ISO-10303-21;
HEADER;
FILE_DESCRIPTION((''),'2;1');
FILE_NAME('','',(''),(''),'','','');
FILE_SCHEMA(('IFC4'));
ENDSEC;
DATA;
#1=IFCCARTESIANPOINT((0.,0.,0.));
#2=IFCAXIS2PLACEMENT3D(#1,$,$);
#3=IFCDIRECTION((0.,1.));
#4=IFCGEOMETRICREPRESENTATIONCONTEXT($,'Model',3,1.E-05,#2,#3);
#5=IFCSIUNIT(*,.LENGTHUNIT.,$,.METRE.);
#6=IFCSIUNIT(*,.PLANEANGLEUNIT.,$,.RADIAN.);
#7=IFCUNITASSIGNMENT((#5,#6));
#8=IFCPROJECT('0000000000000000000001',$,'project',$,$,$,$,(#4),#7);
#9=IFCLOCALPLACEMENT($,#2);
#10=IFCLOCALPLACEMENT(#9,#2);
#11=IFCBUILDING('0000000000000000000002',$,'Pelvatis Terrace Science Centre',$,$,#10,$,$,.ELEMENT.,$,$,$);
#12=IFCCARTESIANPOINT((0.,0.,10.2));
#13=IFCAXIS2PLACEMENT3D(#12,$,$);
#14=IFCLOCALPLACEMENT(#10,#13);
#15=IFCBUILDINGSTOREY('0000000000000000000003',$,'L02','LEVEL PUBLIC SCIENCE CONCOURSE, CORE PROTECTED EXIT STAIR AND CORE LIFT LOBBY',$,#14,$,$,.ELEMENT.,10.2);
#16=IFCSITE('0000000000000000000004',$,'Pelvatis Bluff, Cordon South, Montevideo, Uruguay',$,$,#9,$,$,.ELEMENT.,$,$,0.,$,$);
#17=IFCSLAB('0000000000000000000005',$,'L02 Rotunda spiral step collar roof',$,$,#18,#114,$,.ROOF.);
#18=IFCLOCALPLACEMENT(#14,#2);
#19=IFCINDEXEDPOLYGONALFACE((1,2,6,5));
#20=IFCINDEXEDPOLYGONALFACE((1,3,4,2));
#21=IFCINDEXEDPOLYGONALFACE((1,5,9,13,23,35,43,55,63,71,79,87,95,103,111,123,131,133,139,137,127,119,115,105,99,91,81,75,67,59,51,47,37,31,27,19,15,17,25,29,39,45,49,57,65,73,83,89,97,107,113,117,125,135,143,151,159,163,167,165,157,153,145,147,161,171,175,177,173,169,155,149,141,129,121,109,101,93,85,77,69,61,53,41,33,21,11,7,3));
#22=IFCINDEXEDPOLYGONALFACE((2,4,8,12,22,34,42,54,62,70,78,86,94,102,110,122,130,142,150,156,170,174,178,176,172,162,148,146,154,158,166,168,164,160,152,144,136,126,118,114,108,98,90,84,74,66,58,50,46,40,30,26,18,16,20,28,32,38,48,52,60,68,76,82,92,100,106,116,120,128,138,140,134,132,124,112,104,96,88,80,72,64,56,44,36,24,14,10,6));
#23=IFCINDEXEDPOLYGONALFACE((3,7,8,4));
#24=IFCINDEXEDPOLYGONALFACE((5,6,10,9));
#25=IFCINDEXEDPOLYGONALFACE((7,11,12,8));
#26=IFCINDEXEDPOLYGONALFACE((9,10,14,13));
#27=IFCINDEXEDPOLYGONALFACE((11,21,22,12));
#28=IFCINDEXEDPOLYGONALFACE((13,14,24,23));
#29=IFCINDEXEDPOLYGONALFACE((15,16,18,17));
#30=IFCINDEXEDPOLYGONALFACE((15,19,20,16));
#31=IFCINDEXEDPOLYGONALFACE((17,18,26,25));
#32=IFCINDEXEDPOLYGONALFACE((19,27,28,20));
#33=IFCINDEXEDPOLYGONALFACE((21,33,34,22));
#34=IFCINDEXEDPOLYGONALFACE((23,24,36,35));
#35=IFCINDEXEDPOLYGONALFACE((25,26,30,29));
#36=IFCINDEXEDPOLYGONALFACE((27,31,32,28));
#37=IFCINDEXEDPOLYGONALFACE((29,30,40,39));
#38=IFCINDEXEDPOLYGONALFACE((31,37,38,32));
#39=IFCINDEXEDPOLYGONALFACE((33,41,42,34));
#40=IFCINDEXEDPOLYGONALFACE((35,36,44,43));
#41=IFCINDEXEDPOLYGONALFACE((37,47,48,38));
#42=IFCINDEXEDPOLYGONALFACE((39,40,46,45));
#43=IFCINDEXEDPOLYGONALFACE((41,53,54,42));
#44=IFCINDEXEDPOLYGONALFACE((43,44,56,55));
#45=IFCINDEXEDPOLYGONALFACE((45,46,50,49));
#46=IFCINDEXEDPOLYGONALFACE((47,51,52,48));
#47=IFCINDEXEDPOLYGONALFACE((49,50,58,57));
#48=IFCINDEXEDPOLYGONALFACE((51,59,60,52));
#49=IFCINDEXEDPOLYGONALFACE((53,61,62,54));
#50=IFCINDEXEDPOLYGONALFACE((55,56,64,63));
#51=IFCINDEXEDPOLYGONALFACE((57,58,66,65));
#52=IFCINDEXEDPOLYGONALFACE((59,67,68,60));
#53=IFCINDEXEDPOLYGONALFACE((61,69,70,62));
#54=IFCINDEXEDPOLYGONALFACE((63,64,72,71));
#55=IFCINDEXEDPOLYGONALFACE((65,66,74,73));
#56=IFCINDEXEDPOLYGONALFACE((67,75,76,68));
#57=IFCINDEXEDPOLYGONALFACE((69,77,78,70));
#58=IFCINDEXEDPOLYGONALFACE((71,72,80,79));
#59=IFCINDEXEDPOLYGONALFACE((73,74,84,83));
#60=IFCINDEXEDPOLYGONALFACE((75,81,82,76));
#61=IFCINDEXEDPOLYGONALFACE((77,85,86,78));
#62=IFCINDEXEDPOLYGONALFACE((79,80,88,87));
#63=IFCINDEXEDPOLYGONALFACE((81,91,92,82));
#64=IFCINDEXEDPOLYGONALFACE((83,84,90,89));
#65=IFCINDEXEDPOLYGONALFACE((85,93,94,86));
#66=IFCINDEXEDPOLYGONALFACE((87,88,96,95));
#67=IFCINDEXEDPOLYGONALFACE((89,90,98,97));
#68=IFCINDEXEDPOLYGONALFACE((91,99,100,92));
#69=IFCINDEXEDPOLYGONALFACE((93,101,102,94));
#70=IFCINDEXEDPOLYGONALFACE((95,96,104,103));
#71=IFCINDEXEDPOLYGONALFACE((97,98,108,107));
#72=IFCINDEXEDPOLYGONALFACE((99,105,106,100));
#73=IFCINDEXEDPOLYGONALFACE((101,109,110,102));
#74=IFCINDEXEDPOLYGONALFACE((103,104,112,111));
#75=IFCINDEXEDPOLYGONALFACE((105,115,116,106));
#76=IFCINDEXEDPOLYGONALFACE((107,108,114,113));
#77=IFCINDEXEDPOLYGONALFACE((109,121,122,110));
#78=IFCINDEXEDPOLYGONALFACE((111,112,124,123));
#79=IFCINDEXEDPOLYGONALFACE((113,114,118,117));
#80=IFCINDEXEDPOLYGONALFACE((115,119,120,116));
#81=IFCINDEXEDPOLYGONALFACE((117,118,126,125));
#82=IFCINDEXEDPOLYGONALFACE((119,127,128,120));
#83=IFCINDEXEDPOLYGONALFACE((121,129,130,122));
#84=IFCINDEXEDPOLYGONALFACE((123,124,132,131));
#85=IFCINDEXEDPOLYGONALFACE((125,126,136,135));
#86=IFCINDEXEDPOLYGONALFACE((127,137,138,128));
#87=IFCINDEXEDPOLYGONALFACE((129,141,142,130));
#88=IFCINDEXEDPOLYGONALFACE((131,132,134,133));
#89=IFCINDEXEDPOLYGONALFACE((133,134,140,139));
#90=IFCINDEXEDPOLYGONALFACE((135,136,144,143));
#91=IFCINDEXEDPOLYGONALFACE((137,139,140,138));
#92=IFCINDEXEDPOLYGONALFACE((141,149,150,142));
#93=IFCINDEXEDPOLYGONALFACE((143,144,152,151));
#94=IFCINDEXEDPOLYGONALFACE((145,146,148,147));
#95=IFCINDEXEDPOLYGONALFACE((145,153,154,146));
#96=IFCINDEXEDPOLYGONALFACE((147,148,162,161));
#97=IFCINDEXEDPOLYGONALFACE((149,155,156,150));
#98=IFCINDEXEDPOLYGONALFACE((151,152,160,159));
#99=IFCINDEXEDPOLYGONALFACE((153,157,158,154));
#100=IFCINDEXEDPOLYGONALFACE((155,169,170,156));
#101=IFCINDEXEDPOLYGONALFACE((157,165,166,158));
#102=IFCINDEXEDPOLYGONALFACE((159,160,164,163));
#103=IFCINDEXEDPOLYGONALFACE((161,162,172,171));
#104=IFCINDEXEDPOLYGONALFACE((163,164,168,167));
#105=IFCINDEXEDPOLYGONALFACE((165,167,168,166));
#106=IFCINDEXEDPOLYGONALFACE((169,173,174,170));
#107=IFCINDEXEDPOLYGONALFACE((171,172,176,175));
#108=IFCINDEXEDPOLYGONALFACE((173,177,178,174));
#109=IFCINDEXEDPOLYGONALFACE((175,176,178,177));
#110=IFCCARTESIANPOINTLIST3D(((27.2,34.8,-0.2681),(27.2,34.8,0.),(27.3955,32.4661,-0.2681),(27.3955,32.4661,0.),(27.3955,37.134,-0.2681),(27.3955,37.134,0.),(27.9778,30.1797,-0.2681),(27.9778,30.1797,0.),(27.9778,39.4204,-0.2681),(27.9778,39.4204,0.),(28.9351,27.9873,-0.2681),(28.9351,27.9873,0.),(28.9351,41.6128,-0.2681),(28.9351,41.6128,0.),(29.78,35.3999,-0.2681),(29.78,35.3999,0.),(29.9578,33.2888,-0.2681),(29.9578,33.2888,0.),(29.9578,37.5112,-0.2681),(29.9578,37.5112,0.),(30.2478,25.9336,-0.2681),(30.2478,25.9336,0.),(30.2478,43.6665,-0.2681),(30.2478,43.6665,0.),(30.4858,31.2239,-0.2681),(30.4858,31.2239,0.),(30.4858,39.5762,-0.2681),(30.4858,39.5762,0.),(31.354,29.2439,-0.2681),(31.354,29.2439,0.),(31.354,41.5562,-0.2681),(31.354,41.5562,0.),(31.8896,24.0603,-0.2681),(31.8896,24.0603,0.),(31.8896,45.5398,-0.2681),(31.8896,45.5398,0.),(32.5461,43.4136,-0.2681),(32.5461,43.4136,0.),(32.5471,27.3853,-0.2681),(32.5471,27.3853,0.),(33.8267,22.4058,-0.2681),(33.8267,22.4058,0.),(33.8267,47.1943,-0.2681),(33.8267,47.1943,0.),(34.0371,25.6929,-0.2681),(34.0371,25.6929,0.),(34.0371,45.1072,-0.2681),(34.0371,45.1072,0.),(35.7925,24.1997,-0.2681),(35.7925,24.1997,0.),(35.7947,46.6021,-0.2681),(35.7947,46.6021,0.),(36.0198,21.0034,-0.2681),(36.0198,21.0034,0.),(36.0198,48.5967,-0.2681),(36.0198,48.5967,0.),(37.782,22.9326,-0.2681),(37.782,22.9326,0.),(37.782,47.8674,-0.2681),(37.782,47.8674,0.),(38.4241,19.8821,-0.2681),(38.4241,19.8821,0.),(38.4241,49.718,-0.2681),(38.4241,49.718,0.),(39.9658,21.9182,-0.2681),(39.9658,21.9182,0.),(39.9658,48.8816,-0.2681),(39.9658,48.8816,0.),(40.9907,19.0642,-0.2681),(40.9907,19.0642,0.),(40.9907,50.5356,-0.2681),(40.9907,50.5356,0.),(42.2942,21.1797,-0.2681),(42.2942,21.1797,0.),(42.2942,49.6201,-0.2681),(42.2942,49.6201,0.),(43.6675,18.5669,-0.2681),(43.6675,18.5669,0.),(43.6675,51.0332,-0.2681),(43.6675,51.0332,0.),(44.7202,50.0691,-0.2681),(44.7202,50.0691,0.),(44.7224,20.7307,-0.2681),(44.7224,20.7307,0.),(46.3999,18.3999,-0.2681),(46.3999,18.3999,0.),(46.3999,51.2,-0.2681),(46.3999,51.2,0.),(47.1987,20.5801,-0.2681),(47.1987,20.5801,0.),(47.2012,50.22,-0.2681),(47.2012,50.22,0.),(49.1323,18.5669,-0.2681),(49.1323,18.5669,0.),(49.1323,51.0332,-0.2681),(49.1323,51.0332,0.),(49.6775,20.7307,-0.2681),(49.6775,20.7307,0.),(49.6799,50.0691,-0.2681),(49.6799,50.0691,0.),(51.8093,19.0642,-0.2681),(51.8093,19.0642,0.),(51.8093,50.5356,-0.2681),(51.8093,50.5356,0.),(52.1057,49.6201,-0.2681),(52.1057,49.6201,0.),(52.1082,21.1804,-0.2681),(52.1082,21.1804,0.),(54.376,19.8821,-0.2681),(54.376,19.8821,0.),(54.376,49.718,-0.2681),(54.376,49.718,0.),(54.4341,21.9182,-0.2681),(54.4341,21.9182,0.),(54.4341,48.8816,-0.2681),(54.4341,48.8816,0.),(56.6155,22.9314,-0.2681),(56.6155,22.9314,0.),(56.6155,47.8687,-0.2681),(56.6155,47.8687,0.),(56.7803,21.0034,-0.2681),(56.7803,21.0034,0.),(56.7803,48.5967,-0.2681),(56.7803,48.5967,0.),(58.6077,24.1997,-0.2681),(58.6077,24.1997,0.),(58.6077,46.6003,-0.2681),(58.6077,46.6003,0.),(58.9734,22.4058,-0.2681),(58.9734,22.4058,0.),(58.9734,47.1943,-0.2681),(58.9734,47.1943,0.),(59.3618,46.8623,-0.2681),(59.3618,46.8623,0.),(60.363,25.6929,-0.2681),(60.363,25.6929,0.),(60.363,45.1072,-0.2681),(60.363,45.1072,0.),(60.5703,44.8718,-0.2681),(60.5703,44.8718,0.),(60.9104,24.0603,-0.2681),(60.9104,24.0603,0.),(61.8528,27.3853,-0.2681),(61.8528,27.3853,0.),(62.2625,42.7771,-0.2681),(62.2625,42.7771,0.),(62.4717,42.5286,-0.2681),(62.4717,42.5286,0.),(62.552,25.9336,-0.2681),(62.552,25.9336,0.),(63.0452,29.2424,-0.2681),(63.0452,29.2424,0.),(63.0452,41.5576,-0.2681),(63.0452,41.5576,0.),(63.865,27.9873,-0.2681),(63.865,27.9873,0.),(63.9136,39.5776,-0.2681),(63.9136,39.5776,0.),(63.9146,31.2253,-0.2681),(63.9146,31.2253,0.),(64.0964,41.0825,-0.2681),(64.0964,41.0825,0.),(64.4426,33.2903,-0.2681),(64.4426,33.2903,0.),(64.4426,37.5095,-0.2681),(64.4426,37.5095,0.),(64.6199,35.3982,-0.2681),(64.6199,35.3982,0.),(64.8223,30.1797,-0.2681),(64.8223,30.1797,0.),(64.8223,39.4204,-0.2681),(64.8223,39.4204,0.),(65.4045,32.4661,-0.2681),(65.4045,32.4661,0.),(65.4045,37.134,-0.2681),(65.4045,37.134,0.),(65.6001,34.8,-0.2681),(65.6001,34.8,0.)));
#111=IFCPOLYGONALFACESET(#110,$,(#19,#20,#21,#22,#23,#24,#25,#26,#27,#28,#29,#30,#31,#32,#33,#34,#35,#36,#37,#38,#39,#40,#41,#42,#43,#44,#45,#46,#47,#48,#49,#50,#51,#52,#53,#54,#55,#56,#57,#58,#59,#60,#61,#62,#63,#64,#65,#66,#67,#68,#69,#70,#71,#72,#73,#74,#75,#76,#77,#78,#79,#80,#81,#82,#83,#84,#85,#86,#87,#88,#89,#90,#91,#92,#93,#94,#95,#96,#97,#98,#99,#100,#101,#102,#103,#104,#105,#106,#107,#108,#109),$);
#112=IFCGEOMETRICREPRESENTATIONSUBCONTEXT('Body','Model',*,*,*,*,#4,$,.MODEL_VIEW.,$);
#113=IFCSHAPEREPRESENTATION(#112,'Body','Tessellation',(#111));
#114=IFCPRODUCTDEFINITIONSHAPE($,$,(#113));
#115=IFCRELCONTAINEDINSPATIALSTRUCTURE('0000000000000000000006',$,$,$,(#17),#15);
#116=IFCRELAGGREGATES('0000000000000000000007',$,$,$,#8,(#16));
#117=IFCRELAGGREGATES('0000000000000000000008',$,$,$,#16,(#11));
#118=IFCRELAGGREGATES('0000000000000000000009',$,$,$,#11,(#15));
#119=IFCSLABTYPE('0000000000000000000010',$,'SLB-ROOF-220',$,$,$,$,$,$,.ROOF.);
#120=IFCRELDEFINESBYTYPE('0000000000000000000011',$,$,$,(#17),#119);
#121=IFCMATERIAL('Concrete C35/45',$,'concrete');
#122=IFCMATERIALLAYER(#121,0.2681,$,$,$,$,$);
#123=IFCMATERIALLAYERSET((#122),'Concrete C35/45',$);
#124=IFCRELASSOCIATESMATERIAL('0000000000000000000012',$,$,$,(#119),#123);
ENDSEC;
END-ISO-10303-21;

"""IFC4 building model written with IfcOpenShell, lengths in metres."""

from ifc_helpers import new_model, si_unit, direction, frame, origin, place, context, subcontext, project, spatial, polyline, outline, extrude, material, layer, layer_set, type_object, element, save


model = new_model("IFC4")

# Units and contexts
model_context = context("Model", 3, precision=1e-05, world=origin(), true_north=direction((0.0, 1.0)))
body_context = subcontext(model_context, "Body", "Model", "MODEL_VIEW")
ifc_project = project(units=[si_unit("LENGTHUNIT", "METRE"), si_unit("PLANEANGLEUNIT", "RADIAN")], contexts=[model_context])

# Site, building, storey
site_placement = place(None, origin())
site = spatial("IfcSite", under=ifc_project, at=site_placement, Name="Pelvatis Bluff, Cordon South, Montevideo, Uruguay", CompositionType="ELEMENT", RefElevation=0.0)
building_placement = place(site_placement, origin())
building = spatial("IfcBuilding", under=site, at=building_placement, Name="Pelvatis Terrace Science Centre", CompositionType="ELEMENT")
storey_placement = place(building_placement, frame((0.0, 0.0, 10.2)))
storey = spatial("IfcBuildingStorey", under=building, at=storey_placement, Name="L02", Description="LEVEL PUBLIC SCIENCE CONCOURSE, CORE PROTECTED EXIT STAIR AND CORE LIFT LOBBY", CompositionType="ELEMENT", Elevation=10.2)

# Slab
ifc_material_1 = material(Name="Concrete C35/45", Category="concrete")
ifc_layer_1 = layer(ifc_material_1, 0.2681)
ifc_layer_set_1 = layer_set([ifc_layer_1], Name="Concrete C35/45")
slab_type_1 = type_object("IfcSlabType", Name="SLB-ROOF-220", PredefinedType="ROOF", material=ifc_layer_set_1)
slab_1_placement = place(storey_placement, frame((0.0, 0.0, -0.2681)))
element("IfcSlab", 1, at=slab_1_placement, inside=storey, type_object=slab_type_1, Name="L02 Rotunda spiral step collar roof", PredefinedType="ROOF", context=body_context, shape_type="SweptSolid", body=[
    extrude(outline(polyline([(65.4045, 32.4661), (64.8223, 30.1797), (63.865, 27.9873), (62.552, 25.9336), (60.9104, 24.0603), (58.9734, 22.4058), (56.7803, 21.0034), (54.376, 19.8821), (51.8093, 19.0642), (49.1323, 18.5669), (46.3999, 18.3999), (43.6675, 18.5669), (40.9907, 19.0642), (38.4241, 19.8821), (36.0198, 21.0034), (33.8267, 22.4058), (31.8896, 24.0603), (30.2478, 25.9336), (28.9351, 27.9873), (27.9778, 30.1797), (27.3955, 32.4661), (27.2, 34.8), (27.3955, 37.134), (27.9778, 39.4204), (28.9351, 41.6128), (30.2478, 43.6665), (31.8896, 45.5398), (33.8267, 47.1943), (36.0198, 48.5967), (38.4241, 49.718), (40.9907, 50.5356), (43.6675, 51.0332), (46.3999, 51.2), (49.1323, 51.0332), (51.8093, 50.5356), (54.376, 49.718), (56.7803, 48.5967), (58.9734, 47.1943), (59.3618, 46.8623), (60.5703, 44.8718), (60.363, 45.1072), (58.6077, 46.6003), (56.6155, 47.8687), (54.4341, 48.8816), (52.1057, 49.6201), (49.6799, 50.0691), (47.2012, 50.22), (44.7202, 50.0691), (42.2942, 49.6201), (39.9658, 48.8816), (37.782, 47.8674), (35.7947, 46.6021), (34.0371, 45.1072), (32.5461, 43.4136), (31.354, 41.5562), (30.4858, 39.5762), (29.9578, 37.5112), (29.78, 35.3999), (29.9578, 33.2888), (30.4858, 31.2239), (31.354, 29.2439), (32.5471, 27.3853), (34.0371, 25.6929), (35.7925, 24.1997), (37.782, 22.9326), (39.9658, 21.9182), (42.2942, 21.1797), (44.7224, 20.7307), (47.1987, 20.5801), (49.6775, 20.7307), (52.1082, 21.1804), (54.4341, 21.9182), (56.6155, 22.9314), (58.6077, 24.1997), (60.363, 25.6929), (61.8528, 27.3853), (63.0452, 29.2424), (63.9146, 31.2253), (64.4426, 33.2903), (64.6199, 35.3982), (64.4426, 37.5095), (63.9136, 39.5776), (63.0452, 41.5576), (62.2625, 42.7771), (62.4717, 42.5286), (64.0964, 41.0825), (64.8223, 39.4204), (65.4045, 37.134), (65.6001, 34.8), (65.4045, 32.4661)])), origin(), (0.0, 0.0, 1.0), 0.2681),
])

save(model, "model.ifc")
